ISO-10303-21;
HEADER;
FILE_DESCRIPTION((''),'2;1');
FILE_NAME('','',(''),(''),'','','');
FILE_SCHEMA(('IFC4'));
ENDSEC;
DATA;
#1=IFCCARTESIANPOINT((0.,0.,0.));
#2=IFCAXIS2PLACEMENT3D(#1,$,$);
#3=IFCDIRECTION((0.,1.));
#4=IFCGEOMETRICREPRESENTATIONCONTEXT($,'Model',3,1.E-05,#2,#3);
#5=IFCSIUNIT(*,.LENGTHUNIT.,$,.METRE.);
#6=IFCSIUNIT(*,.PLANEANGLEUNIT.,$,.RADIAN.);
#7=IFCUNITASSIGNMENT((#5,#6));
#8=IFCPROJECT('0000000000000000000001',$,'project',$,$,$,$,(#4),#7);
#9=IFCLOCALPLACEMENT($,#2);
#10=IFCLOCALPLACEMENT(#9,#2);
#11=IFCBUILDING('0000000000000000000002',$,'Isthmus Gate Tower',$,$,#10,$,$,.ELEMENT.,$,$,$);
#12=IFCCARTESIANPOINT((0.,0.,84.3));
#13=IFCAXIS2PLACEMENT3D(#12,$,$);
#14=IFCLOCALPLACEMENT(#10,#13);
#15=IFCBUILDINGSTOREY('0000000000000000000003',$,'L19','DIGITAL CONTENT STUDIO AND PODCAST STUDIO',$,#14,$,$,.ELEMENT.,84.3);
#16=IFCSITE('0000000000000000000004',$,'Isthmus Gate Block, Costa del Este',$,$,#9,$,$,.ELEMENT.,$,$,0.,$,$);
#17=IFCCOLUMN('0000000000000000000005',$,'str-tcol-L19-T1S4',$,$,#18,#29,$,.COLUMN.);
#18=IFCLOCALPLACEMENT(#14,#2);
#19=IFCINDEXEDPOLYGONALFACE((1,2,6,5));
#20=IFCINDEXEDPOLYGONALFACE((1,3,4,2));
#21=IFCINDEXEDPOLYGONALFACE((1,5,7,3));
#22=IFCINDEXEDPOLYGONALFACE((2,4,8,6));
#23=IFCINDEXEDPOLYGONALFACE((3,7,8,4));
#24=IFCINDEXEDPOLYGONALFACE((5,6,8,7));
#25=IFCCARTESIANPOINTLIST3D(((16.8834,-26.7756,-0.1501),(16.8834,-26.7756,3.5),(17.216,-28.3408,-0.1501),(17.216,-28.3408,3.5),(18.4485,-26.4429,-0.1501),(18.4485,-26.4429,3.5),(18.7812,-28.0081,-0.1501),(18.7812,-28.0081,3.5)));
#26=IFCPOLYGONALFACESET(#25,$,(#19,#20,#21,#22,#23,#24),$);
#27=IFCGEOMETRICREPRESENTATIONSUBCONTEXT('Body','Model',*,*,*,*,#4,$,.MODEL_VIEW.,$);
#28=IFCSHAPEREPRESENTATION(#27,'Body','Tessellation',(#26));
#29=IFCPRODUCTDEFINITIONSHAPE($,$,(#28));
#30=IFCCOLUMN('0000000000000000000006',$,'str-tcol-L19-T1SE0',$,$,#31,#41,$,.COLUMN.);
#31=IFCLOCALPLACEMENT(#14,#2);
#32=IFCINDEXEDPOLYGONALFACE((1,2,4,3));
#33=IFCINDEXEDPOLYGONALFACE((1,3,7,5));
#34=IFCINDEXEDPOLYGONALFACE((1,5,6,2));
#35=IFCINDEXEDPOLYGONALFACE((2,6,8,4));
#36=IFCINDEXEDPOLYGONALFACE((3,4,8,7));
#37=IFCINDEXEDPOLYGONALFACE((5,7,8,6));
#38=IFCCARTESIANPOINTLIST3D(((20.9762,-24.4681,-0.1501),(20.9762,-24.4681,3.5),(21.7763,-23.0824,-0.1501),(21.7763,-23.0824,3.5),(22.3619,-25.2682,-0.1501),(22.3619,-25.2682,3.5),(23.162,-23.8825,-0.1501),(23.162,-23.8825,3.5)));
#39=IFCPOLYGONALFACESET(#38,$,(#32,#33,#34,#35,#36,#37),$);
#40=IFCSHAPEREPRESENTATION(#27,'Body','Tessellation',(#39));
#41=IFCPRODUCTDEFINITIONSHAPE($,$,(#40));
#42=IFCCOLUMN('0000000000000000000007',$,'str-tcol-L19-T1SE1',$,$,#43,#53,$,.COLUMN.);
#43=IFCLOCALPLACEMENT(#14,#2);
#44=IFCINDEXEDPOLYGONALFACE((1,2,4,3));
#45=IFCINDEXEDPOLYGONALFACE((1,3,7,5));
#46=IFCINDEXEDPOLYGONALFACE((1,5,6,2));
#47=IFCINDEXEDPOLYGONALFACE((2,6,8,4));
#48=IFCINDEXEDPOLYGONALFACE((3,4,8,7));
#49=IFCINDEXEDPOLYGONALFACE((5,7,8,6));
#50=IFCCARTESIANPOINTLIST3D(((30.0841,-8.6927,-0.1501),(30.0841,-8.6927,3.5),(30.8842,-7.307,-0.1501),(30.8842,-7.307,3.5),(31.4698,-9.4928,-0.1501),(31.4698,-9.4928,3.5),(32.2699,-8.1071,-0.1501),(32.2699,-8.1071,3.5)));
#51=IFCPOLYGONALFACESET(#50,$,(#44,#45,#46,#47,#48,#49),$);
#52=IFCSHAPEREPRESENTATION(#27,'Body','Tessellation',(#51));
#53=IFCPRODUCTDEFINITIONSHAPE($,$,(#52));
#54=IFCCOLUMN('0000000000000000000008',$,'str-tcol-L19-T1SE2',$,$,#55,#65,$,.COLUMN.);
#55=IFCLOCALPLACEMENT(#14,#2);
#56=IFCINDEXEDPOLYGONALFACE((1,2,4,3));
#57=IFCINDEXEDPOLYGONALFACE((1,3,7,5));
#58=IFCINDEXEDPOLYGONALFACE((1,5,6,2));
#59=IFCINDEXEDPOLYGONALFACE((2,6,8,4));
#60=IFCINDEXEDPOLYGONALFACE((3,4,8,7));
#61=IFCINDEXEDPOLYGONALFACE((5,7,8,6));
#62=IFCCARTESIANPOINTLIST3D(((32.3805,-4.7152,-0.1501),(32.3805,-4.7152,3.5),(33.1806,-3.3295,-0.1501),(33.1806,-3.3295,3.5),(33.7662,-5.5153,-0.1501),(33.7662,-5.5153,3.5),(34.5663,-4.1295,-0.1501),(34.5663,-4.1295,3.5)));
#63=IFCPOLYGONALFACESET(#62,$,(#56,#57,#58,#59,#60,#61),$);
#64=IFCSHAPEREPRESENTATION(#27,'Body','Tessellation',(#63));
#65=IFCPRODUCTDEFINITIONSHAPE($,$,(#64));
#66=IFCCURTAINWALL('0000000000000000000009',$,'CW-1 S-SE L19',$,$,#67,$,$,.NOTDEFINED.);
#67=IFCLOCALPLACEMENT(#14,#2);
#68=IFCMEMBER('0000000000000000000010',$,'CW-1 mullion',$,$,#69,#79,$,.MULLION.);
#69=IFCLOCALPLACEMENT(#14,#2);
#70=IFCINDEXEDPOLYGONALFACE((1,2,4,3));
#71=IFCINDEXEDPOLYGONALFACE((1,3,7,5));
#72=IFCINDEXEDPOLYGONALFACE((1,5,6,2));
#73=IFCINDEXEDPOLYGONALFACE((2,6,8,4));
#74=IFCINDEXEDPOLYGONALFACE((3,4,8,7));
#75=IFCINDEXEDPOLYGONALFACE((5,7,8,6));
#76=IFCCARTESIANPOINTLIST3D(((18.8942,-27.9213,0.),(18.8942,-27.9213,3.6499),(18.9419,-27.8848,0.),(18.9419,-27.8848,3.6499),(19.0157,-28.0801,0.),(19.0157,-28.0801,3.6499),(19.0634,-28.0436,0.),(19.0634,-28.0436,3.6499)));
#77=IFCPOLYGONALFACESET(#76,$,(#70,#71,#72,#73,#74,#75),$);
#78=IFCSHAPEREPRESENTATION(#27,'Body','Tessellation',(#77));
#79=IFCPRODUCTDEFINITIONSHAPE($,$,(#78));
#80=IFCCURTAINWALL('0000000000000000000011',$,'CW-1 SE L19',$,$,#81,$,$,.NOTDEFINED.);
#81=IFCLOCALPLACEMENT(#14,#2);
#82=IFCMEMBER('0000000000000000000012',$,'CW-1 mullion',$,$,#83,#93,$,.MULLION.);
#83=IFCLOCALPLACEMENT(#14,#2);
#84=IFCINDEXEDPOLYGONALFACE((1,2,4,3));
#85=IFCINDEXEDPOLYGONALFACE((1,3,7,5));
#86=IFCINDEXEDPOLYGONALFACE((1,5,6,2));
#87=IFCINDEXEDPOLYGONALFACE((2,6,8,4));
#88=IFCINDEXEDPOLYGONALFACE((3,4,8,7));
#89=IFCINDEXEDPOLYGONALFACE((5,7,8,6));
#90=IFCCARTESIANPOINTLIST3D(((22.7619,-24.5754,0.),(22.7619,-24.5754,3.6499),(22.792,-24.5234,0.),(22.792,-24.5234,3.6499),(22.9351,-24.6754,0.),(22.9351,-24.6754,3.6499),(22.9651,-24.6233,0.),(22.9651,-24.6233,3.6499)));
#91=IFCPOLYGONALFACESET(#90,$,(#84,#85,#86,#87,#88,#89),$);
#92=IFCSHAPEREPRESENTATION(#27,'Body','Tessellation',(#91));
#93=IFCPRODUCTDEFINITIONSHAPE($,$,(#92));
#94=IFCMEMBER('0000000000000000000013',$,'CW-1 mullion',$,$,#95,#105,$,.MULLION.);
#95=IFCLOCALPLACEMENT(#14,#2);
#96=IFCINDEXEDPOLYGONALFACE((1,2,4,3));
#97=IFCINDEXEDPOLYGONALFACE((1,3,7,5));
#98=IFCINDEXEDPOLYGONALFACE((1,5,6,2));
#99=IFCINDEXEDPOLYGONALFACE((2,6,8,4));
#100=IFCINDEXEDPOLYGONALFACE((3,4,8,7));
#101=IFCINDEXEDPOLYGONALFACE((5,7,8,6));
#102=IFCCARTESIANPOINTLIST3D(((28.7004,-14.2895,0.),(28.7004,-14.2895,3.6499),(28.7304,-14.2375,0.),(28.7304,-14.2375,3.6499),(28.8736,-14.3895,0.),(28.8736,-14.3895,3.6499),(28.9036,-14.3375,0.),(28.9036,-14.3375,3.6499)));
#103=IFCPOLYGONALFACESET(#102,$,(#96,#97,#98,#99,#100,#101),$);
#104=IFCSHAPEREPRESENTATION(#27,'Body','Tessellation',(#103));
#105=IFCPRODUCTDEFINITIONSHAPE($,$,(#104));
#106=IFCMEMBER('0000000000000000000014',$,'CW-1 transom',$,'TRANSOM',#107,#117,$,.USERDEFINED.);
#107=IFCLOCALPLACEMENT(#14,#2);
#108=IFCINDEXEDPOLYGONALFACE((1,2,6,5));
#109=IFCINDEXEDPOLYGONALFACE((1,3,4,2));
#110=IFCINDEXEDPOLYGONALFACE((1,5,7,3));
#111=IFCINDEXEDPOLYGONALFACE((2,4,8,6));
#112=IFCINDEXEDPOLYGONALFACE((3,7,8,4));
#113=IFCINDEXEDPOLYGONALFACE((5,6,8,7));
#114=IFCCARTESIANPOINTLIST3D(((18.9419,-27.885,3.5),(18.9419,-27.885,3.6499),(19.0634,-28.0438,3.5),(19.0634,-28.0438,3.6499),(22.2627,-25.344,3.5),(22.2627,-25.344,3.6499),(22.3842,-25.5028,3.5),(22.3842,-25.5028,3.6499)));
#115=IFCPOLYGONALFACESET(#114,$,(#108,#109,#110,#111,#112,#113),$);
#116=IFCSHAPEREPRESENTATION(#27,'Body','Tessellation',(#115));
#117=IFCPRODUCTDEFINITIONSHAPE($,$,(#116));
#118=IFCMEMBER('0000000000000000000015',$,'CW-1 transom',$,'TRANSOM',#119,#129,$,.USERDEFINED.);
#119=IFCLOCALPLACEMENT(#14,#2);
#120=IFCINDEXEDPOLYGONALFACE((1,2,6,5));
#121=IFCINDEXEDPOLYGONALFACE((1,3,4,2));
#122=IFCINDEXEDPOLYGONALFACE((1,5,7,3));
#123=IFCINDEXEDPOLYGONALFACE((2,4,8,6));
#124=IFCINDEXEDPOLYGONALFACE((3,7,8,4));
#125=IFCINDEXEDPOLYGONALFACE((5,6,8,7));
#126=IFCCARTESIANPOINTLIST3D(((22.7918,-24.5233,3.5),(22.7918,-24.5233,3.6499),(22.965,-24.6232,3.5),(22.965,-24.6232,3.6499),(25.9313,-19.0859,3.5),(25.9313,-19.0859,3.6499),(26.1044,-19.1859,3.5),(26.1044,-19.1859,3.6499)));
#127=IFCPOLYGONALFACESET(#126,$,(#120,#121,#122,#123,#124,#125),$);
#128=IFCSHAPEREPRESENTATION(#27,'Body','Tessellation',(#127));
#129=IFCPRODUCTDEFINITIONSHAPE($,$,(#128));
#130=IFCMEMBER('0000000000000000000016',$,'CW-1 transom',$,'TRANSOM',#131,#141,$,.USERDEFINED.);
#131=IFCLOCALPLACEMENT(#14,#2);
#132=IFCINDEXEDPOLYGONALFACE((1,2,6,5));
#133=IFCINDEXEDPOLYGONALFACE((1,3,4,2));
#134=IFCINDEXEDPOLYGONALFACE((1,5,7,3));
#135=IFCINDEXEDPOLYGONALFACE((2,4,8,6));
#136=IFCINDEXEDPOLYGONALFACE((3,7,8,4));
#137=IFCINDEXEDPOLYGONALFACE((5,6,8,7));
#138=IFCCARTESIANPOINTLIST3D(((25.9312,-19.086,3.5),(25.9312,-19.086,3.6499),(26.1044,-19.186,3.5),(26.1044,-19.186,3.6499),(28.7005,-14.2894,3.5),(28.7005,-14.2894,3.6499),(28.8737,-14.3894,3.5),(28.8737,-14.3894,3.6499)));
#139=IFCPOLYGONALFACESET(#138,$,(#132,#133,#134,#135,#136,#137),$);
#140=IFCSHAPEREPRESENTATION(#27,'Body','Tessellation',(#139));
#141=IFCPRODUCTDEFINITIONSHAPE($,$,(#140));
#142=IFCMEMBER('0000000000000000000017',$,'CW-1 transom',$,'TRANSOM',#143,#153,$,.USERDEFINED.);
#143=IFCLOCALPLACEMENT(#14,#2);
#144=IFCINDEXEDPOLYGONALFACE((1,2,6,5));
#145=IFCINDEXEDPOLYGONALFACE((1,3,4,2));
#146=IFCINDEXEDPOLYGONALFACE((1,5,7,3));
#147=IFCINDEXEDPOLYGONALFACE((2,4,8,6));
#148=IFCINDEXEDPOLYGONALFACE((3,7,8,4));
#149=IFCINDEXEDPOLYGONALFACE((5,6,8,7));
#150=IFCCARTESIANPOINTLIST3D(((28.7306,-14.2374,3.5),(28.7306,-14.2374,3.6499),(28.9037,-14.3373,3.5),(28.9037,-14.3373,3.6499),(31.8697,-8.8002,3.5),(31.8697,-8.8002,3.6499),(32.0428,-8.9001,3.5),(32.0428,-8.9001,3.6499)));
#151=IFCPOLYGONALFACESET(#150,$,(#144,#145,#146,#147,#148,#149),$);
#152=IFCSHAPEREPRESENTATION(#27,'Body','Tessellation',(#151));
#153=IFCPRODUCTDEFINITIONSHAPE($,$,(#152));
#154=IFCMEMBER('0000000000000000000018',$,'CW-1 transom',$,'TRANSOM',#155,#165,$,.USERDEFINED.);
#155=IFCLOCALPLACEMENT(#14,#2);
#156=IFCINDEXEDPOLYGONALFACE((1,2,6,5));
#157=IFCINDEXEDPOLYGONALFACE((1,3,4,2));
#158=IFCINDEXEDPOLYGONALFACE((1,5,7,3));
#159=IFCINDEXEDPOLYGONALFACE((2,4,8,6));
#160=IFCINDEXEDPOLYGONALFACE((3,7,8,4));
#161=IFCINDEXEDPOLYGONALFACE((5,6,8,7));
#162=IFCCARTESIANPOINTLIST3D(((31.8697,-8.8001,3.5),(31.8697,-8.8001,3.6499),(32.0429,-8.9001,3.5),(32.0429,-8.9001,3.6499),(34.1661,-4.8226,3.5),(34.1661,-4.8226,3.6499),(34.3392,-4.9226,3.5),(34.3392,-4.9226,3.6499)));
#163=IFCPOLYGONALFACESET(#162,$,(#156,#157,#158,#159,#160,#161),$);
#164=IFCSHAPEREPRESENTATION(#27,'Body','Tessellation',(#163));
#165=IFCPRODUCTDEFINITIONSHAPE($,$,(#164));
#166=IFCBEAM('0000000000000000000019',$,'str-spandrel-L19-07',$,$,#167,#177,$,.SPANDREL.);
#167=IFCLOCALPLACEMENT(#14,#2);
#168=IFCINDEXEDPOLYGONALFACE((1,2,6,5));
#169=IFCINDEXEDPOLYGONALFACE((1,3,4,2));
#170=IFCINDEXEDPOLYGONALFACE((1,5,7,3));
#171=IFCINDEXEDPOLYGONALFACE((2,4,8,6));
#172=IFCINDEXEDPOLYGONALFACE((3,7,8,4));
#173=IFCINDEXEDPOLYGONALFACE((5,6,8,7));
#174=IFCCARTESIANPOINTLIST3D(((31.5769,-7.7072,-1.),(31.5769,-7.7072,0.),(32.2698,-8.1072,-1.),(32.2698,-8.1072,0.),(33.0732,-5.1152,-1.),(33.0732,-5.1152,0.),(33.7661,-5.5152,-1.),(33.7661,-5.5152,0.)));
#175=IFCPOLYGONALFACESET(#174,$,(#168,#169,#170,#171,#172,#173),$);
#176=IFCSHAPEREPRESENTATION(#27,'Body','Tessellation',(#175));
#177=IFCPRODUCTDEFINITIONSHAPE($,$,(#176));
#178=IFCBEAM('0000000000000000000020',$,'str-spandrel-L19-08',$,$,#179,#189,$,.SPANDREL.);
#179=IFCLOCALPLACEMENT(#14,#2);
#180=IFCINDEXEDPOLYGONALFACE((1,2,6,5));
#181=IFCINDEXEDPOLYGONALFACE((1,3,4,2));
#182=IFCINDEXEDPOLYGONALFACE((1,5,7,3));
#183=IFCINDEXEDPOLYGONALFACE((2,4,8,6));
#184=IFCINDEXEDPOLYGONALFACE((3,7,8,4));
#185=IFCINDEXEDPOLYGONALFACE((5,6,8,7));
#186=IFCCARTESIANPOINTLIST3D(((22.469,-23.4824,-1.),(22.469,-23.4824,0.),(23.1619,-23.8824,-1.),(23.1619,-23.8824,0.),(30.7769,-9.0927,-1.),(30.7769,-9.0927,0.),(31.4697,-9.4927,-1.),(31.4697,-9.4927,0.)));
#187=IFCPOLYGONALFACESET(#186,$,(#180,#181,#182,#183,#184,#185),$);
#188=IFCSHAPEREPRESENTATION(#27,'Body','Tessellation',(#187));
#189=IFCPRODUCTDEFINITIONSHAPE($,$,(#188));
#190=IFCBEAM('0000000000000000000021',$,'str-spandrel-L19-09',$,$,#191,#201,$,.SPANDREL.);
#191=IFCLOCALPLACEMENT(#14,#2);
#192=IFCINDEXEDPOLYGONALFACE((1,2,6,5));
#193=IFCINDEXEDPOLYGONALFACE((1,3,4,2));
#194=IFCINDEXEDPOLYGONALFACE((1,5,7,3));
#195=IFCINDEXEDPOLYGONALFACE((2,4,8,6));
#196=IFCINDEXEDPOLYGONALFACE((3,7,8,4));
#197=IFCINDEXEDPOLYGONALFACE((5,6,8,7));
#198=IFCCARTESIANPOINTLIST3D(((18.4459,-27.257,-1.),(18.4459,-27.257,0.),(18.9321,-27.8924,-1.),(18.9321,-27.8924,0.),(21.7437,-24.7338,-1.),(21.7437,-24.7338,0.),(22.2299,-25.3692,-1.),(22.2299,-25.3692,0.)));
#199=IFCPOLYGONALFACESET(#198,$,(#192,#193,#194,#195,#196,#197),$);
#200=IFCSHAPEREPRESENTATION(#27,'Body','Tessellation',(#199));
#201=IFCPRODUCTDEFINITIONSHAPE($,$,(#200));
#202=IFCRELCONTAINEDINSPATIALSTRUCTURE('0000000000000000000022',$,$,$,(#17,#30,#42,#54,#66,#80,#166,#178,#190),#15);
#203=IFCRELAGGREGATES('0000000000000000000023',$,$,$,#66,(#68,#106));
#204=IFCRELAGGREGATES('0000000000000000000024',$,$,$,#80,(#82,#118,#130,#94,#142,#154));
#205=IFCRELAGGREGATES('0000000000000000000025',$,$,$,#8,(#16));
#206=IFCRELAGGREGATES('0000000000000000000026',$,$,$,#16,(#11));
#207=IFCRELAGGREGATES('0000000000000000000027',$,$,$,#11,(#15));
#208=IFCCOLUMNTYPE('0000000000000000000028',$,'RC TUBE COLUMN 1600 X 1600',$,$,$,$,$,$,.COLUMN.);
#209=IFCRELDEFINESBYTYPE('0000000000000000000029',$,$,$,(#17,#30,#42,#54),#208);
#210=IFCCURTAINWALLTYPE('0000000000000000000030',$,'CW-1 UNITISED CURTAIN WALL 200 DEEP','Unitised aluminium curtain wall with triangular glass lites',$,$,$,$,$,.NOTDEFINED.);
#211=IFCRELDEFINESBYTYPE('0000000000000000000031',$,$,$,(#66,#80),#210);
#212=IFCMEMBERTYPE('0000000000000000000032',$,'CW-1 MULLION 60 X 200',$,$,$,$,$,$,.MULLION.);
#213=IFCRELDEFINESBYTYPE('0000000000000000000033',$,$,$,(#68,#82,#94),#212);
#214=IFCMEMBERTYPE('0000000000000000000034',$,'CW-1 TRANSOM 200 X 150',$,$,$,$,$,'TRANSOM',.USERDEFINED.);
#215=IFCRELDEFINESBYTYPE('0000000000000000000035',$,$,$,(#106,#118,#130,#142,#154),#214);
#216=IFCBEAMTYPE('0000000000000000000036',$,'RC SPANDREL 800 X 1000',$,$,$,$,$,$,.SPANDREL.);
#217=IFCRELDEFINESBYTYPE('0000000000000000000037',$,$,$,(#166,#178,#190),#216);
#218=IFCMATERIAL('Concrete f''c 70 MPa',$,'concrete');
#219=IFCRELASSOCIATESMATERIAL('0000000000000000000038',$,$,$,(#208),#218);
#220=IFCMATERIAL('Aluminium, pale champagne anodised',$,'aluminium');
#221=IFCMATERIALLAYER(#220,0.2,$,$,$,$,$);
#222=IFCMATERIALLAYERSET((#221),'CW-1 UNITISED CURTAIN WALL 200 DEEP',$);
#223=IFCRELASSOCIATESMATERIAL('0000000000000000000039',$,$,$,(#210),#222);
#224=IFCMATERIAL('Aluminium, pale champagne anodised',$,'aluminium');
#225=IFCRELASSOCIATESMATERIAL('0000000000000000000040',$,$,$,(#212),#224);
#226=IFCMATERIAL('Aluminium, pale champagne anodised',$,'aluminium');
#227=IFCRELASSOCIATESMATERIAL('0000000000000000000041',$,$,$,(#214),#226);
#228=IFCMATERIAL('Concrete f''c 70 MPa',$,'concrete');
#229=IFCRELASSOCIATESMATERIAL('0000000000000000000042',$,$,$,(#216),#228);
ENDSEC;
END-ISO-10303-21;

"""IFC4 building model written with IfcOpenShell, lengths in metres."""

from ifc_helpers import new_model, si_unit, direction, frame, origin, origin_2d, place, context, subcontext, project, spatial, rectangle, extrude, material, layer, layer_set, material_profile, profile_set, type_object, element, aggregate, save


model = new_model("IFC4")

# Units and contexts
model_context = context("Model", 3, precision=1e-05, world=origin(), true_north=direction((0.0, 1.0)))
body_context = subcontext(model_context, "Body", "Model", "MODEL_VIEW")
ifc_project = project(units=[si_unit("LENGTHUNIT", "METRE"), si_unit("PLANEANGLEUNIT", "RADIAN")], contexts=[model_context])

# Site, building, storey
site_placement = place(None, origin())
site = spatial("IfcSite", under=ifc_project, at=site_placement, Name="Isthmus Gate Block, Costa del Este", CompositionType="ELEMENT", RefElevation=0.0)
building_placement = place(site_placement, origin())
building = spatial("IfcBuilding", under=site, at=building_placement, Name="Isthmus Gate Tower", CompositionType="ELEMENT")
storey_placement = place(building_placement, frame((0.0, 0.0, 84.3)))
storey = spatial("IfcBuildingStorey", under=building, at=storey_placement, Name="L19", Description="DIGITAL CONTENT STUDIO AND PODCAST STUDIO", CompositionType="ELEMENT", Elevation=84.3)

# Columns
ifc_material_1 = material(Name="Concrete f'c 70 MPa", Category="concrete")
ifc_material_profile_1 = material_profile(ifc_material_1, rectangle(XDim=1.6001, YDim=1.6001, at=origin_2d()), Name="RC 1600X1600")
ifc_profile_set_1 = profile_set([ifc_material_profile_1], Name="Concrete f'c 70 MPa")
column_type = type_object("IfcColumnType", Name="RC TUBE COLUMN 1600 X 1600", PredefinedType="COLUMN", material=ifc_profile_set_1)
for number, where, z_axis, x_axis, name in (
    (1, (17.8323, -27.3918, -0.1501), (0.0, 0.0, 1.0), (0.978148, 0.207912, 0.0), "str-tcol-L19-T1S4"),
    (2, (22.0691, -24.1753, -0.1501), (0.0, 0.0, 1.0), (0.5, 0.866025, 0.0), "str-tcol-L19-T1SE0"),
    (3, (31.177, -8.3999, -0.1501), (0.0, 0.0, 1.0), (0.5, 0.866025, 0.0), "str-tcol-L19-T1SE1"),
    (4, (33.4734, -4.4224, -0.1501), (0.0, 0.0, 1.0), (0.5, 0.866025, 0.0), "str-tcol-L19-T1SE2"),
):
    element("IfcColumn", number, at=place(storey_placement, frame(where, z_axis=z_axis, x_axis=x_axis)), inside=storey, type_object=column_type, Name=name, PredefinedType="COLUMN", context=body_context, shape_type="SweptSolid", body=[
        extrude(rectangle(XDim=1.6001, YDim=1.6001, at=origin_2d()), origin(), (0.0, 0.0, 1.0), 3.6501),
    ])

# Curtain wall, member
ifc_material_2 = material(Name="Aluminium, pale champagne anodised", Category="aluminium")
ifc_layer_1 = layer(ifc_material_2, 0.2)
ifc_layer_set_1 = layer_set([ifc_layer_1], Name="CW-1 UNITISED CURTAIN WALL 200 DEEP")
curtain_wall_type = type_object("IfcCurtainWallType", Name="CW-1 UNITISED CURTAIN WALL 200 DEEP", Description="Unitised aluminium curtain wall with triangular glass lites", PredefinedType="NOTDEFINED", material=ifc_layer_set_1)
curtain_wall_1_placement = place(storey_placement, origin())
curtain_wall_1 = element("IfcCurtainWall", 5, at=curtain_wall_1_placement, inside=storey, type_object=curtain_wall_type, Name="CW-1 S-SE L19", PredefinedType="NOTDEFINED")
ifc_material_3 = material(Name="Aluminium, pale champagne anodised", Category="aluminium")
ifc_material_profile_2 = material_profile(ifc_material_3, rectangle(XDim=0.0601, YDim=0.2, at=origin_2d()), Name="60x200")
ifc_profile_set_2 = profile_set([ifc_material_profile_2], Name="Aluminium, pale champagne anodised")
member_type_1 = type_object("IfcMemberType", Name="CW-1 MULLION 60 X 200", PredefinedType="MULLION", material=ifc_profile_set_2)
member_1_placement = place(storey_placement, frame((18.9788, -27.9824, 0.0), z_axis=(0.0, 0.0, 1.0), x_axis=(0.794189, 0.607671, 0.0)))
member_1 = element("IfcMember", 6, at=member_1_placement, type_object=member_type_1, Name="CW-1 mullion", PredefinedType="MULLION", context=body_context, shape_type="SweptSolid", body=[
    extrude(rectangle(XDim=0.0601, YDim=0.2, at=origin_2d()), origin(), (0.0, 0.0, 1.0), 3.6499),
])

# Curtain wall, members
curtain_wall_2_placement = place(storey_placement, origin())
curtain_wall_2 = element("IfcCurtainWall", 7, at=curtain_wall_2_placement, inside=storey, type_object=curtain_wall_type, Name="CW-1 SE L19", PredefinedType="NOTDEFINED")
member_2_placement = place(storey_placement, frame((22.8635, -24.5994, 0.0), z_axis=(0.0, 0.0, 1.0), x_axis=(0.5, 0.866025, 0.0)))
member_2 = element("IfcMember", 8, at=member_2_placement, type_object=member_type_1, Name="CW-1 mullion", PredefinedType="MULLION", context=body_context, shape_type="SweptSolid", body=[
    extrude(rectangle(XDim=0.0601, YDim=0.2, at=origin_2d()), origin(), (0.0, 0.0, 1.0), 3.6499),
])
member_3_placement = place(storey_placement, frame((28.802, -14.3135, 0.0), z_axis=(0.0, 0.0, 1.0), x_axis=(0.5, 0.866025, 0.0)))
member_3 = element("IfcMember", 9, at=member_3_placement, type_object=member_type_1, Name="CW-1 mullion", PredefinedType="MULLION", context=body_context, shape_type="SweptSolid", body=[
    extrude(rectangle(XDim=0.0601, YDim=0.2, at=origin_2d()), origin(), (0.0, 0.0, 1.0), 3.6499),
])

# Members
ifc_material_4 = material(Name="Aluminium, pale champagne anodised", Category="aluminium")
ifc_material_profile_3 = material_profile(ifc_material_4, rectangle(XDim=0.2, YDim=0.1499, at=origin_2d()), Name="200x150")
ifc_profile_set_3 = profile_set([ifc_material_profile_3], Name="Aluminium, pale champagne anodised")
member_type_2 = type_object("IfcMemberType", Name="CW-1 TRANSOM 200 X 150", ElementType="TRANSOM", PredefinedType="USERDEFINED", material=ifc_profile_set_3)
member_4_placement = place(storey_placement, frame((19.0027, -27.9644, 3.575), z_axis=(0.794175, 0.607688, 0.0), x_axis=(-0.607688, 0.794175, 0.0)))
member_4 = element("IfcMember", 10, at=member_4_placement, type_object=member_type_2, Name="CW-1 transom", ObjectType="TRANSOM", PredefinedType="USERDEFINED", context=body_context, shape_type="SweptSolid", body=[
    extrude(rectangle(XDim=0.2, YDim=0.1499, at=origin_2d()), origin(), (0.0, 0.0, 1.0), 4.1814),
])
member_5_placement = place(storey_placement, frame((22.8784, -24.5732, 3.575), z_axis=(0.500024, 0.866011, 0.0), x_axis=(-0.866011, 0.500024, 0.0)))
member_5 = element("IfcMember", 11, at=member_5_placement, type_object=member_type_2, Name="CW-1 transom", ObjectType="TRANSOM", PredefinedType="USERDEFINED", context=body_context, shape_type="SweptSolid", body=[
    extrude(rectangle(XDim=0.2, YDim=0.1499, at=origin_2d()), origin(), (0.0, 0.0, 1.0), 6.2786),
])
member_6_placement = place(storey_placement, frame((26.0178, -19.136, 3.575), z_axis=(0.499993, 0.866029, 0.0), x_axis=(-0.866029, 0.499993, 0.0)))
member_6 = element("IfcMember", 12, at=member_6_placement, type_object=member_type_2, Name="CW-1 transom", ObjectType="TRANSOM", PredefinedType="USERDEFINED", context=body_context, shape_type="SweptSolid", body=[
    extrude(rectangle(XDim=0.2, YDim=0.1499, at=origin_2d()), origin(), (0.0, 0.0, 1.0), 5.5386),
])
member_7_placement = place(storey_placement, frame((28.8171, -14.2874, 3.575), z_axis=(0.499995, 0.866028, 0.0), x_axis=(-0.866028, 0.499995, 0.0)))
member_7 = element("IfcMember", 13, at=member_7_placement, type_object=member_type_2, Name="CW-1 transom", ObjectType="TRANSOM", PredefinedType="USERDEFINED", context=body_context, shape_type="SweptSolid", body=[
    extrude(rectangle(XDim=0.2, YDim=0.1499, at=origin_2d()), origin(), (0.0, 0.0, 1.0), 6.2783),
])
member_8_placement = place(storey_placement, frame((31.9563, -8.8501, 3.575), z_axis=(0.499992, 0.86603, 0.0), x_axis=(-0.86603, 0.499992, 0.0)))
member_8 = element("IfcMember", 14, at=member_8_placement, type_object=member_type_2, Name="CW-1 transom", ObjectType="TRANSOM", PredefinedType="USERDEFINED", context=body_context, shape_type="SweptSolid", body=[
    extrude(rectangle(XDim=0.2, YDim=0.1499, at=origin_2d()), origin(), (0.0, 0.0, 1.0), 4.5928),
])

# Beams
ifc_material_5 = material(Name="Concrete f'c 70 MPa", Category="concrete")
ifc_material_profile_4 = material_profile(ifc_material_5, rectangle(XDim=0.8, YDim=1.0, at=origin_2d()), Name="RC 800X1000")
ifc_profile_set_4 = profile_set([ifc_material_profile_4], Name="Concrete f'c 70 MPa")
beam_type_1 = type_object("IfcBeamType", Name="RC SPANDREL 800 X 1000", PredefinedType="SPANDREL", material=ifc_profile_set_4)
beam_1_placement = place(storey_placement, frame((33.4197, -5.3152, -0.5), z_axis=(-0.499955, -0.866051, 0.0), x_axis=(0.866051, -0.499955, 0.0)))
element("IfcBeam", 15, at=beam_1_placement, inside=storey, type_object=beam_type_1, Name="str-spandrel-L19-07", PredefinedType="SPANDREL", context=body_context, shape_type="SweptSolid", body=[
    extrude(rectangle(XDim=0.8, YDim=1.0, at=origin_2d()), origin(), (0.0, 0.0, 1.0), 2.9929),
])
beam_2_placement = place(storey_placement, frame((31.1233, -9.2927, -0.5), z_axis=(-0.5, -0.866026, 0.0), x_axis=(0.866026, -0.5, 0.0)))
element("IfcBeam", 16, at=beam_2_placement, inside=storey, type_object=beam_type_1, Name="str-spandrel-L19-08", PredefinedType="SPANDREL", context=body_context, shape_type="SweptSolid", body=[
    extrude(rectangle(XDim=0.8, YDim=1.0, at=origin_2d()), origin(), (0.0, 0.0, 1.0), 16.6157),
])
beam_3_placement = place(storey_placement, frame((21.9868, -25.0515, -0.5), z_axis=(-0.794206, -0.607649, 0.0), x_axis=(0.607649, -0.794206, 0.0)))
element("IfcBeam", 17, at=beam_3_placement, inside=storey, type_object=beam_type_1, Name="str-spandrel-L19-09", PredefinedType="SPANDREL", context=body_context, shape_type="SweptSolid", body=[
    extrude(rectangle(XDim=0.8, YDim=1.0, at=origin_2d()), origin(), (0.0, 0.0, 1.0), 4.1523),
])

aggregate(curtain_wall_1, [member_1, member_4])
aggregate(curtain_wall_2, [member_2, member_5, member_6, member_3, member_7, member_8])

save(model, "model.ifc")
